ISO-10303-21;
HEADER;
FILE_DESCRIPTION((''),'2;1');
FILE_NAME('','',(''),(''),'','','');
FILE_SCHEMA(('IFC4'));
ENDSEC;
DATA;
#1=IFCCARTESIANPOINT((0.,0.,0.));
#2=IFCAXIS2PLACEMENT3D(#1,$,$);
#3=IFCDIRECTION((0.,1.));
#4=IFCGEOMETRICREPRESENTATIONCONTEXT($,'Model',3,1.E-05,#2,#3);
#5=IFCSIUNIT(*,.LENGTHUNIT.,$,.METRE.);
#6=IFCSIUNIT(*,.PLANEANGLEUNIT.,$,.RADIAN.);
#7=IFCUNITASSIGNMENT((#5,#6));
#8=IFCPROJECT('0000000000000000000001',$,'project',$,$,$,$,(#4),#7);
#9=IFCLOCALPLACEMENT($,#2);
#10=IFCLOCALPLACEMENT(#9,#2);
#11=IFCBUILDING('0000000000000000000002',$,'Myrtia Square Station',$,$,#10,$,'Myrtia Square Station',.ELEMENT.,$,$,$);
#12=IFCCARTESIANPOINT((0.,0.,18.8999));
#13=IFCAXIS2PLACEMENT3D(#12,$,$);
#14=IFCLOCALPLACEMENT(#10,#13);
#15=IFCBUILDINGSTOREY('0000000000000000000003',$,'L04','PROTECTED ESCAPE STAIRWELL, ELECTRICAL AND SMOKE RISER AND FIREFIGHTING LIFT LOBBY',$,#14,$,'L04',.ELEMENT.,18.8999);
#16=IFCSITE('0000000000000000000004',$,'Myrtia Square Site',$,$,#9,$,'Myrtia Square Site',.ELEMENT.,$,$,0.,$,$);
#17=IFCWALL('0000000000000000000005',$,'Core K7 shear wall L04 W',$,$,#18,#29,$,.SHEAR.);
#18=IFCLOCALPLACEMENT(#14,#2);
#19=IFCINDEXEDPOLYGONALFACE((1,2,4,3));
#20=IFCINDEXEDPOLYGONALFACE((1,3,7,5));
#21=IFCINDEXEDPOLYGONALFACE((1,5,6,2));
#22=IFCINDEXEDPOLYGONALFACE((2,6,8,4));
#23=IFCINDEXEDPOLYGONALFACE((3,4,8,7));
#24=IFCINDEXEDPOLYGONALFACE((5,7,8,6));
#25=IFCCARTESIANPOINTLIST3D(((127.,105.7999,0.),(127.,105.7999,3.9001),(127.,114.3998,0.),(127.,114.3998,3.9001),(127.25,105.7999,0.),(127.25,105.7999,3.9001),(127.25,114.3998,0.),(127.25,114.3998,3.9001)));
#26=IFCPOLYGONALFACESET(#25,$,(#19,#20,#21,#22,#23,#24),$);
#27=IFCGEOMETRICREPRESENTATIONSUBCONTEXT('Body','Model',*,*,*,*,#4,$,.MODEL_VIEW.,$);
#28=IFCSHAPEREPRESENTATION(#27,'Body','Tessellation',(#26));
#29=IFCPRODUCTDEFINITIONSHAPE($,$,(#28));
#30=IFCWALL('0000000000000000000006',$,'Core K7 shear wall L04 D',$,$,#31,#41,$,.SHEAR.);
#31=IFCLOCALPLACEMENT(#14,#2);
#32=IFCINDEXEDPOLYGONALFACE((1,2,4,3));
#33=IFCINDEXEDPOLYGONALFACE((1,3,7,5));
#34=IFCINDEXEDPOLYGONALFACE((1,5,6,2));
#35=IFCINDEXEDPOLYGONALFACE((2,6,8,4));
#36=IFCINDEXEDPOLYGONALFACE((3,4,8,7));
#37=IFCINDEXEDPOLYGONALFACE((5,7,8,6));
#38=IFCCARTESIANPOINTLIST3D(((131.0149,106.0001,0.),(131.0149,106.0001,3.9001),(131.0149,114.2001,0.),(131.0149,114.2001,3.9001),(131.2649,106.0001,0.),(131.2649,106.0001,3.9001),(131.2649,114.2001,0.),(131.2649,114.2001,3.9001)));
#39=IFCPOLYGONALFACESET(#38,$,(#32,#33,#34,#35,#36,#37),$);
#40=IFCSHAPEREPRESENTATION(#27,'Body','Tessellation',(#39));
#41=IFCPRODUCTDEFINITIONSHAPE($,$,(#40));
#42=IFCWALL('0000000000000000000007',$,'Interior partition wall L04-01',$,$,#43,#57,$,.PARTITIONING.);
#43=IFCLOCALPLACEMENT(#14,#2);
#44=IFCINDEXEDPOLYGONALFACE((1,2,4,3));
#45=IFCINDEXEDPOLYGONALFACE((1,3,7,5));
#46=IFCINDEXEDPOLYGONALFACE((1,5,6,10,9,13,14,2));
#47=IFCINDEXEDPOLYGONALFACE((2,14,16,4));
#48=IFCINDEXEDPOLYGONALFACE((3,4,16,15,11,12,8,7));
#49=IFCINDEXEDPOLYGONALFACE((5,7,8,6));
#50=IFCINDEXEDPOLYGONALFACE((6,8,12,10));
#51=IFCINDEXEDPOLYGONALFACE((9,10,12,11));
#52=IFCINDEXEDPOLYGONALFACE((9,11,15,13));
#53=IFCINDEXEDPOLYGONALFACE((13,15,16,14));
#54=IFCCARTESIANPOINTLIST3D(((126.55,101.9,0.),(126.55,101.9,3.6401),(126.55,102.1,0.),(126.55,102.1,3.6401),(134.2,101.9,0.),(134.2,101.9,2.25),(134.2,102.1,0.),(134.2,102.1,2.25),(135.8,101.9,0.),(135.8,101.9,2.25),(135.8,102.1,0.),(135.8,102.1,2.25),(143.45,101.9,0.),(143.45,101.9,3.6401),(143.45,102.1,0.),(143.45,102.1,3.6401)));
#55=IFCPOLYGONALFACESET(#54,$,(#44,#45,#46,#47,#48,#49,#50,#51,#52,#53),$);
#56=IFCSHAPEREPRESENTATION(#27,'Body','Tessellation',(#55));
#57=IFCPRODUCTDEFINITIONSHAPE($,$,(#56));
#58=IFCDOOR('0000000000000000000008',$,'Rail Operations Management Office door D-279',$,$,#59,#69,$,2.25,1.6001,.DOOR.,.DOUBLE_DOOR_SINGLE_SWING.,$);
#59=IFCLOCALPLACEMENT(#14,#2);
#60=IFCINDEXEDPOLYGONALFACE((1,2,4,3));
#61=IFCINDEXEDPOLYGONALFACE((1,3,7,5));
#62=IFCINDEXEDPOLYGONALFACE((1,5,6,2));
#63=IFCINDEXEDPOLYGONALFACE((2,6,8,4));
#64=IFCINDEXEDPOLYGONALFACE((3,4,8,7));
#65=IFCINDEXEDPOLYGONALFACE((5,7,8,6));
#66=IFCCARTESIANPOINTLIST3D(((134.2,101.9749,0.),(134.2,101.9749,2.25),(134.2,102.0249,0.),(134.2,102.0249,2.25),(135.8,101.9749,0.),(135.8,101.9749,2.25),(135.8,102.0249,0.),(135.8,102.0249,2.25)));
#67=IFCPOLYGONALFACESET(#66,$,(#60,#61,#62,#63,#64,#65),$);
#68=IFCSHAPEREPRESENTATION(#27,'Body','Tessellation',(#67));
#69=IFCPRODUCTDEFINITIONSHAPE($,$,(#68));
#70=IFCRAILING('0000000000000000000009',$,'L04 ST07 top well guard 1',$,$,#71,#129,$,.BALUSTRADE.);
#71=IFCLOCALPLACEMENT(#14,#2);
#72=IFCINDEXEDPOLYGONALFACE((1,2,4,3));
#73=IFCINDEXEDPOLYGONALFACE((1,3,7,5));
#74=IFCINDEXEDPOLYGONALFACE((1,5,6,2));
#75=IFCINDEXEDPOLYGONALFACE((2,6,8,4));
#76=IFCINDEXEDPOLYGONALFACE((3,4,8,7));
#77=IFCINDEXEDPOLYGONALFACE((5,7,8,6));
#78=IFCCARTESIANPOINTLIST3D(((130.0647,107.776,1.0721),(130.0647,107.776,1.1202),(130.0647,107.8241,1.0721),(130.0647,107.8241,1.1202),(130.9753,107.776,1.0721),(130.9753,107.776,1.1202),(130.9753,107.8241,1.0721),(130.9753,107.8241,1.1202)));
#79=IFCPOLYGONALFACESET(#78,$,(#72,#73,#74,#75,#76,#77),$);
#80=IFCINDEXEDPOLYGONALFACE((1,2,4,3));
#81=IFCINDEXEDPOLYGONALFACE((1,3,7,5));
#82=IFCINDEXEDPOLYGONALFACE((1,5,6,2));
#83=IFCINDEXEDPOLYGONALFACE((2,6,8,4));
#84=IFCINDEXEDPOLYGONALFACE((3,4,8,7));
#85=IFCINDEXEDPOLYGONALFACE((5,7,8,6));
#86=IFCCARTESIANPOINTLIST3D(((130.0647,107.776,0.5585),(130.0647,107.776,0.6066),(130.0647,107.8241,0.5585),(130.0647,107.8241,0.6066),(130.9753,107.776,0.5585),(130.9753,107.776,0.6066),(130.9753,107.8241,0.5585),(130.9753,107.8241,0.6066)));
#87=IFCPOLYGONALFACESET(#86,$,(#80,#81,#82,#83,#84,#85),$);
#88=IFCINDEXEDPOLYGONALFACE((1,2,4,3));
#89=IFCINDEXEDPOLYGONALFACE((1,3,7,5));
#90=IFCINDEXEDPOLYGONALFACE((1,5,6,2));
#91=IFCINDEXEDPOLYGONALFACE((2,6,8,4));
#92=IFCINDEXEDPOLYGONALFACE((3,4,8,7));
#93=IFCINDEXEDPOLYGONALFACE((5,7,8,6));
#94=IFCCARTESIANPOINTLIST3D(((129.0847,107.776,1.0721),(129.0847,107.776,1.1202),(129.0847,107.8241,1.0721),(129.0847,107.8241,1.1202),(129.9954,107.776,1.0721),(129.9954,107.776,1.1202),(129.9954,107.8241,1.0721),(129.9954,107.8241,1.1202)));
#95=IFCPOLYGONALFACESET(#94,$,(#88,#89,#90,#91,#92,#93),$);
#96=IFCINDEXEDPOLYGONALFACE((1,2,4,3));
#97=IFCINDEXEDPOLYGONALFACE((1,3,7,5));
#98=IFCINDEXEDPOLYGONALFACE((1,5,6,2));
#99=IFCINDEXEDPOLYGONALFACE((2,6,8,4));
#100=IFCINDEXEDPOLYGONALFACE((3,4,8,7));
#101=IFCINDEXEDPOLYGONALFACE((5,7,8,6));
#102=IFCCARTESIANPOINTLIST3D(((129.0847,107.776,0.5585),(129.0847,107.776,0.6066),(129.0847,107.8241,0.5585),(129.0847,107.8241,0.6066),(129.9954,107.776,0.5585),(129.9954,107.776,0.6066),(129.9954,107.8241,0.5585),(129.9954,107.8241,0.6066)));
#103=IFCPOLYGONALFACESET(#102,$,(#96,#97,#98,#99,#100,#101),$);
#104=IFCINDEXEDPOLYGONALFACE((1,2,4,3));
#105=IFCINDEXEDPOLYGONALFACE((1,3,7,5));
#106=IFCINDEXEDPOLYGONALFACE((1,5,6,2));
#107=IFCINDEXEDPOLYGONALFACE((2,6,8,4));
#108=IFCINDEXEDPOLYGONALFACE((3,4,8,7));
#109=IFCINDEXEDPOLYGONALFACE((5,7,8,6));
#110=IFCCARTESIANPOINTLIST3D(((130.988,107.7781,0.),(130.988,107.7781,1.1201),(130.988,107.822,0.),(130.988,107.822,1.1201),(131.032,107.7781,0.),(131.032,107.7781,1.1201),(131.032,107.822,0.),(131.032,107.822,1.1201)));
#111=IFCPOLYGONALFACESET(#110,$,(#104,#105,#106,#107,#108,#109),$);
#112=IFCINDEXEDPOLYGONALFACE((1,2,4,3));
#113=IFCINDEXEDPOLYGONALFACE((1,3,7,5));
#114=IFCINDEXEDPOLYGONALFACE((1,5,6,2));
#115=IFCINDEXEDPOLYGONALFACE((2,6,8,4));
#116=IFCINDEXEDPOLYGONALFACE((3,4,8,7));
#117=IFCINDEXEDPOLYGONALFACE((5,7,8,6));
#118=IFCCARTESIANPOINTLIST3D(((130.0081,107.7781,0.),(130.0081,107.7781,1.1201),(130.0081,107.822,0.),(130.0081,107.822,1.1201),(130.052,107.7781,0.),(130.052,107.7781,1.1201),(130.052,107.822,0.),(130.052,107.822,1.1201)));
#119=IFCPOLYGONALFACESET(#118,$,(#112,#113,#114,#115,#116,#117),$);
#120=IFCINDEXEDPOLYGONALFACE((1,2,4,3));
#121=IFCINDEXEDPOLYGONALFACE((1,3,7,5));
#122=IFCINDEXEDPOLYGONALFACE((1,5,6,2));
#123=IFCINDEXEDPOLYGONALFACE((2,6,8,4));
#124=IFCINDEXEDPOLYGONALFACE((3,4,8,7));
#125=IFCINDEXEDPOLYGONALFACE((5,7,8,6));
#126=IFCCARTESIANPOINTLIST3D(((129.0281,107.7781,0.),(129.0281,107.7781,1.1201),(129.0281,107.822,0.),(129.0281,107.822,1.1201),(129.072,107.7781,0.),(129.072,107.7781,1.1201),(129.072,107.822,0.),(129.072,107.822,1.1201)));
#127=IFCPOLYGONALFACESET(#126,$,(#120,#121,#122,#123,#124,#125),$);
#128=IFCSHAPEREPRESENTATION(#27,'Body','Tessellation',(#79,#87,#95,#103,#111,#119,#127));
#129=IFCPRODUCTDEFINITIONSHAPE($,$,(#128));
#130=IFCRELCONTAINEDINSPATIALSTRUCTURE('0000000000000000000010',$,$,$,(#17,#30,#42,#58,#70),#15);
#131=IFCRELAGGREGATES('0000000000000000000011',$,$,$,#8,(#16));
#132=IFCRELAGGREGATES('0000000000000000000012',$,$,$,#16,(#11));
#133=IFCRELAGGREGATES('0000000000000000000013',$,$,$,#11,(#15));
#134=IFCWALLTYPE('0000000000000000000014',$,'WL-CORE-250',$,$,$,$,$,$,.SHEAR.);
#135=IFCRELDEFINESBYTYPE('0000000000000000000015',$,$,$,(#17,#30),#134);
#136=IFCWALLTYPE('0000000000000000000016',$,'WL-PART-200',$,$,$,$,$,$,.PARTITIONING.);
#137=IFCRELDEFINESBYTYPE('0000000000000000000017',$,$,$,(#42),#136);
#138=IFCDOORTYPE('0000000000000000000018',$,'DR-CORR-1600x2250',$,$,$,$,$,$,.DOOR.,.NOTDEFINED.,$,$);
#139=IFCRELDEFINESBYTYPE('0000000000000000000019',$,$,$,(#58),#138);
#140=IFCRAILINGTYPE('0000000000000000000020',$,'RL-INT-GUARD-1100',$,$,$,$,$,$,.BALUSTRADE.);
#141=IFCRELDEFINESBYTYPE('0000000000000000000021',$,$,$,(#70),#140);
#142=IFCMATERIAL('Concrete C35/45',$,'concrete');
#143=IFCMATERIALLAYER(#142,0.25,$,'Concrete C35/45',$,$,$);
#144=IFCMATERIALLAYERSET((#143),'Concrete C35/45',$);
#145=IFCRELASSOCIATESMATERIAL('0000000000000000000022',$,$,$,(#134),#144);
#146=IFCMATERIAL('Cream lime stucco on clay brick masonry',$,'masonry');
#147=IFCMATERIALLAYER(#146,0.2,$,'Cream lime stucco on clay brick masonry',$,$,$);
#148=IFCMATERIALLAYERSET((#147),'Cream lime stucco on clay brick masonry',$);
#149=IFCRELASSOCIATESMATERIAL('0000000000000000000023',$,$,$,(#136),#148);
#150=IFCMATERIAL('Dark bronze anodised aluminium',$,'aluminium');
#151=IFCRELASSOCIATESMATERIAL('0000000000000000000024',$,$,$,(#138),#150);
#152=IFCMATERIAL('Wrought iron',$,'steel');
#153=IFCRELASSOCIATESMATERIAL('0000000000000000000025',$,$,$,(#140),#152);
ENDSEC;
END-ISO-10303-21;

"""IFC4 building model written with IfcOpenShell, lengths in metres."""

from ifc_helpers import new_model, si_unit, direction, frame, frame_2d, origin, origin_2d, place, context, subcontext, project, spatial, rectangle, extrude, material, layer, layer_set, type_object, element, fill, save


model = new_model("IFC4")

# Units and contexts
model_context = context("Model", 3, precision=1e-05, world=origin(), true_north=direction((0.0, 1.0)))
body_context = subcontext(model_context, "Body", "Model", "MODEL_VIEW")
ifc_project = project(units=[si_unit("LENGTHUNIT", "METRE"), si_unit("PLANEANGLEUNIT", "RADIAN")], contexts=[model_context])

# Site, building, storey
site_placement = place(None, origin())
site = spatial("IfcSite", under=ifc_project, at=site_placement, Name="Myrtia Square Site", LongName="Myrtia Square Site", CompositionType="ELEMENT", RefElevation=0.0)
building_placement = place(site_placement, origin())
building = spatial("IfcBuilding", under=site, at=building_placement, Name="Myrtia Square Station", LongName="Myrtia Square Station", CompositionType="ELEMENT")
storey_placement = place(building_placement, frame((0.0, 0.0, 18.8999)))
storey = spatial("IfcBuildingStorey", under=building, at=storey_placement, Name="L04", Description="PROTECTED ESCAPE STAIRWELL, ELECTRICAL AND SMOKE RISER AND FIREFIGHTING LIFT LOBBY", LongName="L04", CompositionType="ELEMENT", Elevation=18.8999)

# Shared definitions
ifc_material_1 = material(Name="Dark bronze anodised aluminium", Category="aluminium")

# Shared definitions
ifc_material_2 = material(Name="Concrete C35/45", Category="concrete")
ifc_layer_1 = layer(ifc_material_2, 0.25, Name="Concrete C35/45")
ifc_layer_set_1 = layer_set([ifc_layer_1], Name="Concrete C35/45")
wall_type_1 = type_object("IfcWallType", Name="WL-CORE-250", PredefinedType="SHEAR", material=ifc_layer_set_1)

# Walls
wall_1_placement = place(storey_placement, frame((127.125, 105.8, 0.0), z_axis=(0.0, 0.0, 1.0), x_axis=(0.0, 1.0, 0.0)))
element("IfcWall", 1, at=wall_1_placement, inside=storey, type_object=wall_type_1, Name="Core K7 shear wall L04 W", PredefinedType="SHEAR", context=body_context, shape_type="SweptSolid", body=[
    extrude(rectangle(XDim=8.5999, YDim=0.25, at=frame_2d((4.2998, 0.0))), origin(), (0.0, 0.0, 1.0), 3.9001),
])
wall_2_placement = place(storey_placement, frame((131.1399, 106.0, 0.0), z_axis=(0.0, 0.0, 1.0), x_axis=(0.0, 1.0, 0.0)))
element("IfcWall", 2, at=wall_2_placement, inside=storey, type_object=wall_type_1, Name="Core K7 shear wall L04 D", PredefinedType="SHEAR", context=body_context, shape_type="SweptSolid", body=[
    extrude(rectangle(XDim=8.2, YDim=0.25, at=frame_2d((4.1001, 0.0))), origin(), (0.0, 0.0, 1.0), 3.9001),
])

# Wall, opening, door
ifc_material_3 = material(Name="Cream lime stucco on clay brick masonry", Category="masonry")
ifc_layer_2 = layer(ifc_material_3, 0.2, Name="Cream lime stucco on clay brick masonry")
ifc_layer_set_2 = layer_set([ifc_layer_2], Name="Cream lime stucco on clay brick masonry")
wall_type_2 = type_object("IfcWallType", Name="WL-PART-200", PredefinedType="PARTITIONING", material=ifc_layer_set_2)
wall_3_placement = place(storey_placement, frame((126.55, 102.0, 0.0), z_axis=(0.0, 0.0, 1.0), x_axis=(1.0, 0.0, 0.0)))
wall_3 = element("IfcWall", 3, at=wall_3_placement, inside=storey, type_object=wall_type_2, Name="Interior partition wall L04-01", PredefinedType="PARTITIONING", context=body_context, shape_type="SweptSolid", body=[
    extrude(rectangle(XDim=16.8999, YDim=0.2, at=frame_2d((8.45, 0.0))), origin(), (0.0, 0.0, 1.0), 3.6401),
])
opening_1_placement = place(wall_3_placement, frame((7.6499, 0.0, 0.0)))
opening_1 = element("IfcOpeningElement", 4, at=opening_1_placement, cuts=wall_3, PredefinedType="OPENING", context=body_context, shape_type="SweptSolid", body=[
    extrude(rectangle(XDim=1.6001, YDim=2.25, at=frame_2d((0.8, 1.125))), frame((0.0, 0.115, 0.0), z_axis=(0.0, -1.0, 0.0), x_axis=(1.0, 0.0, 0.0)), (0.0, 0.0, 1.0), 0.23),
])
door_type_1 = type_object("IfcDoorType", Name="DR-CORR-1600x2250", OperationType="NOTDEFINED", PredefinedType="DOOR", material=ifc_material_1)
door_1_placement = place(opening_1_placement, origin())
door_1 = element("IfcDoor", 5, at=door_1_placement, inside=storey, type_object=door_type_1, Name="Rail Operations Management Office door D-279", OperationType="DOUBLE_DOOR_SINGLE_SWING", OverallHeight=2.25, OverallWidth=1.6001, PredefinedType="DOOR", context=body_context, shape_type="SweptSolid", body=[
    extrude(rectangle(XDim=1.6001, YDim=2.25, at=frame_2d((0.8, 1.125))), frame((0.0, 0.0249, 0.0), z_axis=(0.0, -1.0, 0.0), x_axis=(1.0, 0.0, 0.0)), (0.0, 0.0, 1.0), 0.05),
])
fill(opening_1, door_1)

# Railing
ifc_material_4 = material(Name="Wrought iron", Category="steel")
railing_type = type_object("IfcRailingType", Name="RL-INT-GUARD-1100", PredefinedType="BALUSTRADE", material=ifc_material_4)
railing_1_placement = place(storey_placement, frame((131.01, 107.8, 0.0)))
element("IfcRailing", 6, at=railing_1_placement, inside=storey, type_object=railing_type, Name="L04 ST07 top well guard 1", PredefinedType="BALUSTRADE", context=body_context, shape_type="SweptSolid", body=[
    extrude(rectangle(XDim=0.0481, YDim=0.0481, at=origin_2d()), frame((-0.0347, 0.0, 1.0962), z_axis=(-1.0, 0.0, 0.0), x_axis=(0.0, -1.0, 0.0)), (0.0, 0.0, 1.0), 0.9106),
    extrude(rectangle(XDim=0.0481, YDim=0.0481, at=origin_2d()), frame((-0.0347, 0.0, 0.5825), z_axis=(-1.0, 0.0, 0.0), x_axis=(0.0, -1.0, 0.0)), (0.0, 0.0, 1.0), 0.9106),
    extrude(rectangle(XDim=0.0481, YDim=0.0481, at=origin_2d()), frame((-1.0146, 0.0, 1.0962), z_axis=(-1.0, 0.0, 0.0), x_axis=(0.0, -1.0, 0.0)), (0.0, 0.0, 1.0), 0.9106),
    extrude(rectangle(XDim=0.0481, YDim=0.0481, at=origin_2d()), frame((-1.0146, 0.0, 0.5825), z_axis=(-1.0, 0.0, 0.0), x_axis=(0.0, -1.0, 0.0)), (0.0, 0.0, 1.0), 0.9106),
    extrude(rectangle(XDim=0.0439, YDim=0.0439, at=origin_2d()), origin(), (0.0, 0.0, 1.0), 1.1201),
    extrude(rectangle(XDim=0.0439, YDim=0.0439, at=origin_2d()), frame((-0.98, 0.0, 0.0)), (0.0, 0.0, 1.0), 1.1201),
    extrude(rectangle(XDim=0.0439, YDim=0.0439, at=origin_2d()), frame((-1.96, 0.0, 0.0)), (0.0, 0.0, 1.0), 1.1201),
])

save(model, "model.ifc")
